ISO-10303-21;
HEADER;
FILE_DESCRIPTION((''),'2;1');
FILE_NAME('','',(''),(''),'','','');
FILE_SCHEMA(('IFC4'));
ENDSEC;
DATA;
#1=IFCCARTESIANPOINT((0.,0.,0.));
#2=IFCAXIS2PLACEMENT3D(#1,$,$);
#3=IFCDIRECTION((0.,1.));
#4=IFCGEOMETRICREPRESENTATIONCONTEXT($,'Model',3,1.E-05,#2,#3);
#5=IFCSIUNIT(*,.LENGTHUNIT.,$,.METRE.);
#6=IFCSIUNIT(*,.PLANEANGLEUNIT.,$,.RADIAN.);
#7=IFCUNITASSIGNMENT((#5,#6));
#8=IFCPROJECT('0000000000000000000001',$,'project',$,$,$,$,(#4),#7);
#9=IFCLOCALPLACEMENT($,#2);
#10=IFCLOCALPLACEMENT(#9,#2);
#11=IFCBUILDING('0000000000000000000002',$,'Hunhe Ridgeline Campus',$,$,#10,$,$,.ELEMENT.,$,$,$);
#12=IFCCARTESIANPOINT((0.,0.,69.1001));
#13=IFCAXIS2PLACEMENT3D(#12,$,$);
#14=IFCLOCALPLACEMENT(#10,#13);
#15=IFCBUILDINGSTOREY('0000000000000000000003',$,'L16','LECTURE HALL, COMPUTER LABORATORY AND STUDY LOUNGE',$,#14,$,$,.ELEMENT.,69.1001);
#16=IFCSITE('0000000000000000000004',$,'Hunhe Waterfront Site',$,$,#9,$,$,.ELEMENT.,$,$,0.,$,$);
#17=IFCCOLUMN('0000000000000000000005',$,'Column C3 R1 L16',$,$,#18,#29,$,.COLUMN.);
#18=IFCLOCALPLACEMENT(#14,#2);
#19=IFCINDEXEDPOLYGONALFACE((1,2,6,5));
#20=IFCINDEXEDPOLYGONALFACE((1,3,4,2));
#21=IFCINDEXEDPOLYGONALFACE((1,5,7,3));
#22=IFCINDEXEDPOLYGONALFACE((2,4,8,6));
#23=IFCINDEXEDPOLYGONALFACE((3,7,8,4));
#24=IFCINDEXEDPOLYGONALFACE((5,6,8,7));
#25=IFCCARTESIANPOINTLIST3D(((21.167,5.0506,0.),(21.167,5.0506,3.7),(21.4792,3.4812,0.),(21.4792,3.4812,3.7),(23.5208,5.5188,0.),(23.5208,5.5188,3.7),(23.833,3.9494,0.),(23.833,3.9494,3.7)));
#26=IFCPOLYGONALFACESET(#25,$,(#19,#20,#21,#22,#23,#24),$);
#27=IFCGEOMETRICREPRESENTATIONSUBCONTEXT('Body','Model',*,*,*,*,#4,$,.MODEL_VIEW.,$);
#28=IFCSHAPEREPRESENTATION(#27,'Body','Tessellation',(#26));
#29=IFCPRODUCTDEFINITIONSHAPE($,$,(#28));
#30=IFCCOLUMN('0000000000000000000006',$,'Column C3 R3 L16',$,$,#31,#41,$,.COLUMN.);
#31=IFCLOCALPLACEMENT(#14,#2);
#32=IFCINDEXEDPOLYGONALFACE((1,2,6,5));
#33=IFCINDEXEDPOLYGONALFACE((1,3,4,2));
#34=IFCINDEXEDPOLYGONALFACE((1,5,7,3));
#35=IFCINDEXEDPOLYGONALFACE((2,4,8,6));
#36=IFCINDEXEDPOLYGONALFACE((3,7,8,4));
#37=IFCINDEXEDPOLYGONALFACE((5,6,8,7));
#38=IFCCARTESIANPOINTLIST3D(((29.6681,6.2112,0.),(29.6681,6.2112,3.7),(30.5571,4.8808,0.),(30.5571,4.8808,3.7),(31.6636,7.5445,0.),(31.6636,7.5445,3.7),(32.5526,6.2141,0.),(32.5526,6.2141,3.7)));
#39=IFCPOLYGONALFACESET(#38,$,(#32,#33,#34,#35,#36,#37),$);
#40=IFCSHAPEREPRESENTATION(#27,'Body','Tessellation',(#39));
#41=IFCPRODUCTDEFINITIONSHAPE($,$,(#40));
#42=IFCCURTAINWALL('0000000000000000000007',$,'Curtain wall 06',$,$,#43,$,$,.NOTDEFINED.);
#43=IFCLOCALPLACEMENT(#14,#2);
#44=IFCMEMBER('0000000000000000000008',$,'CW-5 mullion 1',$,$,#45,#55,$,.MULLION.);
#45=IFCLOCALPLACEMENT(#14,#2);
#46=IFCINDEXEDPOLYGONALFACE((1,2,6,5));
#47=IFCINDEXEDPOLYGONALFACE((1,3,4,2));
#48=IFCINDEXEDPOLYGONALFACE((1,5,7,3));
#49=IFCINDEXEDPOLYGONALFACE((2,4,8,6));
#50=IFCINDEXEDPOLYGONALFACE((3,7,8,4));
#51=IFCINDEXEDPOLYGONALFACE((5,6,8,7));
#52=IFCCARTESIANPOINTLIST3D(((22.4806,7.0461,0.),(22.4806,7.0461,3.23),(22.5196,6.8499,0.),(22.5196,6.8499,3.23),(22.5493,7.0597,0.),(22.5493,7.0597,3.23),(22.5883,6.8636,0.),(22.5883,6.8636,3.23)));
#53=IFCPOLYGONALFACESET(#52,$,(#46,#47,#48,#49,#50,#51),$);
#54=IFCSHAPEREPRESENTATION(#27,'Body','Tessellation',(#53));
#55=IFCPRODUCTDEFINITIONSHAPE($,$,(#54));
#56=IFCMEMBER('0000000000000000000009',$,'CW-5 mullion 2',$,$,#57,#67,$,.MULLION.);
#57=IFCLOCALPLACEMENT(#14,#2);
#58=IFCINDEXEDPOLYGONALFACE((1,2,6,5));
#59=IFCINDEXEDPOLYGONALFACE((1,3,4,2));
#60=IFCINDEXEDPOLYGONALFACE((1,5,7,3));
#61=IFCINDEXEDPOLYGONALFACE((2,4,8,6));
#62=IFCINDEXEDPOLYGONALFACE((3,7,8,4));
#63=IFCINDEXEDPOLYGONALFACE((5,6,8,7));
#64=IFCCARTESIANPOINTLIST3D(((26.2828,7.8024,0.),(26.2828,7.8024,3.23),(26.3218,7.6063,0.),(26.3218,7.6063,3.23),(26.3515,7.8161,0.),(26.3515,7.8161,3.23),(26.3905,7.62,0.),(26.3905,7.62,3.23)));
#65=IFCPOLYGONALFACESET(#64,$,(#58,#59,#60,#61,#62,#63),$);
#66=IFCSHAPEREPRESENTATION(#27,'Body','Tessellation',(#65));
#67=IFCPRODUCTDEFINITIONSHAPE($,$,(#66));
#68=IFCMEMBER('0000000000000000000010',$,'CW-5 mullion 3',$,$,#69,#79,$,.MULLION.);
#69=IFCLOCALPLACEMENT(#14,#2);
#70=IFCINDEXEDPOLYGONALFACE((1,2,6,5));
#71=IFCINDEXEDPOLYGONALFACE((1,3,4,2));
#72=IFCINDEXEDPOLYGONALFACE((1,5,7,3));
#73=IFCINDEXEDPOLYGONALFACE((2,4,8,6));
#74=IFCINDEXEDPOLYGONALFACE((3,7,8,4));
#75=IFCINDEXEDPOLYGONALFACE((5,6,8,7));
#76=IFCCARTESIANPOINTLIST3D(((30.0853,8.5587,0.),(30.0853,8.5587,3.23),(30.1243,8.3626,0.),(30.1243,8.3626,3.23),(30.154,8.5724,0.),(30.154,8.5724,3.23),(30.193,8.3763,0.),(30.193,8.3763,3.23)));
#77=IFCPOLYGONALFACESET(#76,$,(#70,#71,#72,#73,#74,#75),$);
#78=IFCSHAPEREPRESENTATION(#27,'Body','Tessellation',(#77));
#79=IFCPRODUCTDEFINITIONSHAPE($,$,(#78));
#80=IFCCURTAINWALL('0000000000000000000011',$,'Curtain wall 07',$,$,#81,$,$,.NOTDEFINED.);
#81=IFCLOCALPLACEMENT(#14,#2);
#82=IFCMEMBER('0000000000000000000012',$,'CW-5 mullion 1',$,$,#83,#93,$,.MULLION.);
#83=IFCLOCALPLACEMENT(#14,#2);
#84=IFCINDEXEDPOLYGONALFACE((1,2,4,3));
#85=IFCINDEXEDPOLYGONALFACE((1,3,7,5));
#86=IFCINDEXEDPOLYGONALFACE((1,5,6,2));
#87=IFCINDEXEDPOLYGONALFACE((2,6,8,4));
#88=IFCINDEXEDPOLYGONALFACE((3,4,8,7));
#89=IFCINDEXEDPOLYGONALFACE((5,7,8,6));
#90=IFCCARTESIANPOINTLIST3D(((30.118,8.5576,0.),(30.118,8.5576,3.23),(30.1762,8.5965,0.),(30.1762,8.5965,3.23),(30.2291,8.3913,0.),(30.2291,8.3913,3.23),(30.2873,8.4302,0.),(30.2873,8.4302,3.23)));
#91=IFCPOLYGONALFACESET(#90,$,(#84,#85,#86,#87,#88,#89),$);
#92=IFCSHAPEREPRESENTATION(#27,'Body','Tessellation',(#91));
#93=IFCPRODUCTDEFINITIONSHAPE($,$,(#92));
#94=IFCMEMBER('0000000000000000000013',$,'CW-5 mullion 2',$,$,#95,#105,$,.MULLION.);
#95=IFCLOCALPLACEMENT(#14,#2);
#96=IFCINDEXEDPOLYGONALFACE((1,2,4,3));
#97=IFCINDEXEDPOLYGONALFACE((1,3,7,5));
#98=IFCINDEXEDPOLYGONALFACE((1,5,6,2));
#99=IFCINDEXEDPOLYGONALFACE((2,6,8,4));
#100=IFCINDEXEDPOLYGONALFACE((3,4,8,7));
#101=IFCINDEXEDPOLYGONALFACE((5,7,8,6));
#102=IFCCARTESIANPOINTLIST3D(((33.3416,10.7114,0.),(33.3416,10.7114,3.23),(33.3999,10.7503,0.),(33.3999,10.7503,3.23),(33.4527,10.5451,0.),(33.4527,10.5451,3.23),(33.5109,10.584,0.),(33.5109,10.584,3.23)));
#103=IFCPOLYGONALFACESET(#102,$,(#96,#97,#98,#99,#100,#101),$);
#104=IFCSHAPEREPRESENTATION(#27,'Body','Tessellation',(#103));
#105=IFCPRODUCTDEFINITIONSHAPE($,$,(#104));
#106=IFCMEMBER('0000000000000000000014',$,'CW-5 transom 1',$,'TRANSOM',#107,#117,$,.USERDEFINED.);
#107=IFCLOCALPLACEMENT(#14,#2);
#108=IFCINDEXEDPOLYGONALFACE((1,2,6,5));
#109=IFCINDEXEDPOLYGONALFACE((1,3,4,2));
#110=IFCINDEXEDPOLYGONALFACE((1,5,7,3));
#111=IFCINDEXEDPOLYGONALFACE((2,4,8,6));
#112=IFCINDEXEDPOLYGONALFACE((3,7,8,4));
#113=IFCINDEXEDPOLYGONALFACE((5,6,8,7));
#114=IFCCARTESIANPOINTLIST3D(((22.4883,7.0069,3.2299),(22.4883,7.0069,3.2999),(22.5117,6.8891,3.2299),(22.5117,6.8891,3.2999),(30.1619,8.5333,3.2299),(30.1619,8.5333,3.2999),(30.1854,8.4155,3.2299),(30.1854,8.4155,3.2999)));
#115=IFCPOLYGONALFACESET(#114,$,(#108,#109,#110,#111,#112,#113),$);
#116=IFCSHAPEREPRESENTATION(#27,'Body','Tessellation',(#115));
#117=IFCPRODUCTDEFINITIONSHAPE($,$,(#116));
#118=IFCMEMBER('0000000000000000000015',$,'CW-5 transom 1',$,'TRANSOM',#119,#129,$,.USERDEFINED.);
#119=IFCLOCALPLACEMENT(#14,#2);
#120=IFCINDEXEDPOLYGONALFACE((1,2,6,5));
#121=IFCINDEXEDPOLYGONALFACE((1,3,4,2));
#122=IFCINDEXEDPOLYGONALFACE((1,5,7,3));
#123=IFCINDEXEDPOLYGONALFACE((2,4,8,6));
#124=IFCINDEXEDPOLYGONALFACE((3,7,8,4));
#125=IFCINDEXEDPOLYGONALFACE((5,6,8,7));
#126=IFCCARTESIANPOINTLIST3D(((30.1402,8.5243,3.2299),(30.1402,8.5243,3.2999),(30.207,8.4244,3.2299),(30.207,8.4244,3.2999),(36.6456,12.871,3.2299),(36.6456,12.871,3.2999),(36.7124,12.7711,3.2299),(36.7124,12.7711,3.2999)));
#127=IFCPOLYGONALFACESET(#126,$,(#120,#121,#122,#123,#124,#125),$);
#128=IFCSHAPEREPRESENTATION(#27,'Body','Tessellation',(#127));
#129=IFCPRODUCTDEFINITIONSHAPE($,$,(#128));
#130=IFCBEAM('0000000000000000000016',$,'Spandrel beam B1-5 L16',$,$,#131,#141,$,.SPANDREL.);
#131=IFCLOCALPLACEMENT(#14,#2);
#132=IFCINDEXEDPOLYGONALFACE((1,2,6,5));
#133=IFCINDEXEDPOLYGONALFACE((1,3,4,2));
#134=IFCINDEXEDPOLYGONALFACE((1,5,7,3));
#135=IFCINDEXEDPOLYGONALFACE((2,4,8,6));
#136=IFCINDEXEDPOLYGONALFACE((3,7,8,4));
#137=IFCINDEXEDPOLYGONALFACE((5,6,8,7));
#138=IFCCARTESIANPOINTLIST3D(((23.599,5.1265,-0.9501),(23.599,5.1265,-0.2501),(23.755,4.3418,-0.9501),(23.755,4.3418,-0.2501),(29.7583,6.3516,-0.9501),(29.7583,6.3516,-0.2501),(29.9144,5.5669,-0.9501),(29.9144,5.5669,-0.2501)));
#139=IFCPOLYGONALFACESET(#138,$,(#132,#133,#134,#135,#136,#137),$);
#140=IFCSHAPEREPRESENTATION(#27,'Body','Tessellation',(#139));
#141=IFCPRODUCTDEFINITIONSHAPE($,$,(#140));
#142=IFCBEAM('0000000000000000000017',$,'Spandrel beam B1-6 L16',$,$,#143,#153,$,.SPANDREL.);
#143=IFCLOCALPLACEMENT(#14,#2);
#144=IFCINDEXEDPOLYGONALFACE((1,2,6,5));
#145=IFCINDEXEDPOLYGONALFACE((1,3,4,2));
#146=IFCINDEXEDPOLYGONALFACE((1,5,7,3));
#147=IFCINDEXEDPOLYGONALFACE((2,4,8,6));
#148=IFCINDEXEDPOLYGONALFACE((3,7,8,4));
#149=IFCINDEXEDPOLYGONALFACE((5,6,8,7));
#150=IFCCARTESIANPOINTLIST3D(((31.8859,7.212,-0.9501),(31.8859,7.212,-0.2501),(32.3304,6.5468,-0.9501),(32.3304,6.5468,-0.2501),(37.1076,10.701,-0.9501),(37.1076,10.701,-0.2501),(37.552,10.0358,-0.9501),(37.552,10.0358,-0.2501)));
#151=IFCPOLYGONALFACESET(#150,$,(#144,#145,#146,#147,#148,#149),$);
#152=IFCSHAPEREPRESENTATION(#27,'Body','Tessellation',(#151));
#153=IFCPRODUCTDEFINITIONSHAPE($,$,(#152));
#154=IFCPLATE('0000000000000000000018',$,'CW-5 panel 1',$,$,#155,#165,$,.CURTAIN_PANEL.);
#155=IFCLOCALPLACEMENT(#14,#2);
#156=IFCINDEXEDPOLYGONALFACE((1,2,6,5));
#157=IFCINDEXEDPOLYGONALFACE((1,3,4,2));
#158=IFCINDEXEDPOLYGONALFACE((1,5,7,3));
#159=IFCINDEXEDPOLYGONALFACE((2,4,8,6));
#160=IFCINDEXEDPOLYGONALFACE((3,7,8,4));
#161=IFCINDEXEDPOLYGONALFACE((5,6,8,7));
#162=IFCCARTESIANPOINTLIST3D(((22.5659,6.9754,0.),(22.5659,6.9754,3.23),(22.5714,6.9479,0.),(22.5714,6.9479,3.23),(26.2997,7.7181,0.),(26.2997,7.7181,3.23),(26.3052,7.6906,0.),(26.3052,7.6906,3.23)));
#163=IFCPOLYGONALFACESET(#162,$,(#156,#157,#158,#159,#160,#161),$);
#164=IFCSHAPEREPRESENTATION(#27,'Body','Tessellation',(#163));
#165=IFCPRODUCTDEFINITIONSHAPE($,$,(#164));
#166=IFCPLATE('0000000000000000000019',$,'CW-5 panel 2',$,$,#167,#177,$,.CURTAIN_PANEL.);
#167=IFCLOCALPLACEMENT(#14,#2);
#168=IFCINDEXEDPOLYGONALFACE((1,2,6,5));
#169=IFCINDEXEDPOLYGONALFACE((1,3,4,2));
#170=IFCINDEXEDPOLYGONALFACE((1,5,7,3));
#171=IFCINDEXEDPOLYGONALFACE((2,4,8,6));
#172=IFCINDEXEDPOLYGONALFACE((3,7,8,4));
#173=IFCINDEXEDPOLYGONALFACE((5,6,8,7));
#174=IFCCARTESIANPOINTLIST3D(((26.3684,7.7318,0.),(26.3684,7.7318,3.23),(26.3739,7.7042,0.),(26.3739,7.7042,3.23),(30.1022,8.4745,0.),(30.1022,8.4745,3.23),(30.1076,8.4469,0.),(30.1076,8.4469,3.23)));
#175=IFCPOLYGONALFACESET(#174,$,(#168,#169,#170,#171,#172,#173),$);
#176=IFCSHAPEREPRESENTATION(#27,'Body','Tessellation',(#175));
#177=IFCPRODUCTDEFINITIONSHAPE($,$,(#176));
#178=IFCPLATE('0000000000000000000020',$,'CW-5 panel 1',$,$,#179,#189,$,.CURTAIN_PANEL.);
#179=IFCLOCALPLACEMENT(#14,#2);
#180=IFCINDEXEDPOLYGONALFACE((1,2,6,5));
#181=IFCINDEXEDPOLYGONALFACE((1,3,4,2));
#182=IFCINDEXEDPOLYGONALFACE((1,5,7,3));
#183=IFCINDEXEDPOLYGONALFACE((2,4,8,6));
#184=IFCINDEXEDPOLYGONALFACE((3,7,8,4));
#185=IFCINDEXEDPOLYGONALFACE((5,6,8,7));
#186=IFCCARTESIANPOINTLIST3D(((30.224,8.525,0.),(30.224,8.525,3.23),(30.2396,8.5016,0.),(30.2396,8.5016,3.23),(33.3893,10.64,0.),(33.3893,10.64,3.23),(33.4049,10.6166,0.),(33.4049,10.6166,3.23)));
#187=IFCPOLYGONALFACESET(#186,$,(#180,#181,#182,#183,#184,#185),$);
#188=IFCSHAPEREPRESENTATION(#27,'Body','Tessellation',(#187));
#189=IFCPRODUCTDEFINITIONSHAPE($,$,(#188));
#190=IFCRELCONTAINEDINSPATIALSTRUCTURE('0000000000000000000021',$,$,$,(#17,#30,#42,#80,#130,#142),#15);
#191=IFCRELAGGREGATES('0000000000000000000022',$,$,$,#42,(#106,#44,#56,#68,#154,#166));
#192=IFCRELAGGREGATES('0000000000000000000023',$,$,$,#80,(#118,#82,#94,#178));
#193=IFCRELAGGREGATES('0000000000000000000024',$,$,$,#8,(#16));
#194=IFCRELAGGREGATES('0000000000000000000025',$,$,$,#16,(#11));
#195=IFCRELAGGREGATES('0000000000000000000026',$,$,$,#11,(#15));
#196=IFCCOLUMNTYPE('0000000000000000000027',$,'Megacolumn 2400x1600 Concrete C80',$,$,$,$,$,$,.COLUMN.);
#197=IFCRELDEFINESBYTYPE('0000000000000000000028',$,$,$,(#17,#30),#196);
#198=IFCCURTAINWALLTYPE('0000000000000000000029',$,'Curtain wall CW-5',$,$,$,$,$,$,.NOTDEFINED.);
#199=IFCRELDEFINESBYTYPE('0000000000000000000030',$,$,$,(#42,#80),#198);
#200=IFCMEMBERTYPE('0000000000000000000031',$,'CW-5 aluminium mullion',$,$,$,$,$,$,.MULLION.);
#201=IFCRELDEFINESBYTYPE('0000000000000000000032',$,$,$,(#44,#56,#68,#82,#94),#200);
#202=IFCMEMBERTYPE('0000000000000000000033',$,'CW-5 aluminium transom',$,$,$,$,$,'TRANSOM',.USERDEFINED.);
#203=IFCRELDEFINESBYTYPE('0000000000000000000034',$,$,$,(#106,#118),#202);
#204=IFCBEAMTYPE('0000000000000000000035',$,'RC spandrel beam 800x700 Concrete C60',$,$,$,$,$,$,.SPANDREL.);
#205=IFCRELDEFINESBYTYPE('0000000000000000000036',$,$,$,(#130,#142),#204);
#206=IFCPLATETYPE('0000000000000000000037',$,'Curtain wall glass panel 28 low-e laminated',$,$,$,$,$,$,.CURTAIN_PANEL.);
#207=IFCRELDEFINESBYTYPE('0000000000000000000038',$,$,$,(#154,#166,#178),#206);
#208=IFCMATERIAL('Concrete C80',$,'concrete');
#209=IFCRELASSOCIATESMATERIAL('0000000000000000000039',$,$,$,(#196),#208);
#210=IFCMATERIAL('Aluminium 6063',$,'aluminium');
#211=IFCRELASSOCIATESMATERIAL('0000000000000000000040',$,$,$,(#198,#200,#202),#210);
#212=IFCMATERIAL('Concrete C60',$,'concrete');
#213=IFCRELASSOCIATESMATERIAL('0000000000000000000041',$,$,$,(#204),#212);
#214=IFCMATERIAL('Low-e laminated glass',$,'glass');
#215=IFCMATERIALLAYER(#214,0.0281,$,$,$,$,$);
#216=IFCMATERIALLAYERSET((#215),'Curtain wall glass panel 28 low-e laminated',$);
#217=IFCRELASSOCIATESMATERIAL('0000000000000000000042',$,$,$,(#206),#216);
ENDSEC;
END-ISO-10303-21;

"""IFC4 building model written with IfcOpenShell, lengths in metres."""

from ifc_helpers import new_model, si_unit, direction, frame, origin, origin_2d, place, context, subcontext, project, spatial, rectangle, extrude, material, layer, layer_set, material_profile, profile_set, type_object, element, aggregate, save


model = new_model("IFC4")

# Units and contexts
model_context = context("Model", 3, precision=1e-05, world=origin(), true_north=direction((0.0, 1.0)))
body_context = subcontext(model_context, "Body", "Model", "MODEL_VIEW")
ifc_project = project(units=[si_unit("LENGTHUNIT", "METRE"), si_unit("PLANEANGLEUNIT", "RADIAN")], contexts=[model_context])

# Site, building, storey
site_placement = place(None, origin())
site = spatial("IfcSite", under=ifc_project, at=site_placement, Name="Hunhe Waterfront Site", CompositionType="ELEMENT", RefElevation=0.0)
building_placement = place(site_placement, origin())
building = spatial("IfcBuilding", under=site, at=building_placement, Name="Hunhe Ridgeline Campus", CompositionType="ELEMENT")
storey_placement = place(building_placement, frame((0.0, 0.0, 69.1001)))
storey = spatial("IfcBuildingStorey", under=building, at=storey_placement, Name="L16", Description="LECTURE HALL, COMPUTER LABORATORY AND STUDY LOUNGE", CompositionType="ELEMENT", Elevation=69.1001)

# Columns
ifc_material_1 = material(Name="Concrete C80", Category="concrete")
ifc_material_profile_1 = material_profile(ifc_material_1, rectangle(XDim=2.3999, YDim=1.6001, at=origin_2d()))
ifc_profile_set_1 = profile_set([ifc_material_profile_1], Name="Concrete C80")
column_type = type_object("IfcColumnType", Name="Megacolumn 2400x1600 Concrete C80", PredefinedType="COLUMN", material=ifc_profile_set_1)
for number, where, z_axis, x_axis, name in (
    (1, (22.5, 4.5, 0.0), (0.0, 0.0, 1.0), (0.980785, 0.19509, 0.0), "Column C3 R1 L16"),
    (2, (31.1104, 6.2126, 0.0), (0.0, 0.0, 1.0), (0.83147, 0.55557, 0.0), "Column C3 R3 L16"),
):
    element("IfcColumn", number, at=place(storey_placement, frame(where, z_axis=z_axis, x_axis=x_axis)), inside=storey, type_object=column_type, Name=name, PredefinedType="COLUMN", context=body_context, shape_type="SweptSolid", body=[
        extrude(rectangle(XDim=2.3999, YDim=1.6001, at=origin_2d()), origin(), (0.0, 0.0, 1.0), 3.7),
    ])

# Curtain walls, members
ifc_material_2 = material(Name="Aluminium 6063", Category="aluminium")
curtain_wall_type = type_object("IfcCurtainWallType", Name="Curtain wall CW-5", PredefinedType="NOTDEFINED", material=ifc_material_2)
curtain_wall_1_placement = place(storey_placement, origin())
curtain_wall_1 = element("IfcCurtainWall", 3, at=curtain_wall_1_placement, inside=storey, type_object=curtain_wall_type, Name="Curtain wall 06", PredefinedType="NOTDEFINED")
ifc_material_profile_2 = material_profile(ifc_material_2, rectangle(XDim=0.2, YDim=0.0701, at=origin_2d()))
ifc_profile_set_2 = profile_set([ifc_material_profile_2], Name="Aluminium 6063")
member_type_1 = type_object("IfcMemberType", Name="CW-5 aluminium mullion", PredefinedType="MULLION", material=ifc_profile_set_2)
member_1_placement = place(storey_placement, frame((22.5344, 6.9548, 0.0), z_axis=(0.0, 0.0, 1.0), x_axis=(-0.19509, 0.980785, 0.0)))
member_1 = element("IfcMember", 4, at=member_1_placement, type_object=member_type_1, Name="CW-5 mullion 1", PredefinedType="MULLION", context=body_context, shape_type="SweptSolid", body=[
    extrude(rectangle(XDim=0.2, YDim=0.0701, at=origin_2d()), origin(), (0.0, 0.0, 1.0), 3.23),
])
member_2_placement = place(storey_placement, frame((26.3367, 7.7112, 0.0), z_axis=(0.0, 0.0, 1.0), x_axis=(-0.19509, 0.980785, 0.0)))
member_2 = element("IfcMember", 5, at=member_2_placement, type_object=member_type_1, Name="CW-5 mullion 2", PredefinedType="MULLION", context=body_context, shape_type="SweptSolid", body=[
    extrude(rectangle(XDim=0.2, YDim=0.0701, at=origin_2d()), origin(), (0.0, 0.0, 1.0), 3.23),
])
member_3_placement = place(storey_placement, frame((30.1392, 8.4675, 0.0), z_axis=(0.0, 0.0, 1.0), x_axis=(-0.19509, 0.980785, 0.0)))
member_3 = element("IfcMember", 6, at=member_3_placement, type_object=member_type_1, Name="CW-5 mullion 3", PredefinedType="MULLION", context=body_context, shape_type="SweptSolid", body=[
    extrude(rectangle(XDim=0.2, YDim=0.0701, at=origin_2d()), origin(), (0.0, 0.0, 1.0), 3.23),
])
curtain_wall_2_placement = place(storey_placement, origin())
curtain_wall_2 = element("IfcCurtainWall", 7, at=curtain_wall_2_placement, inside=storey, type_object=curtain_wall_type, Name="Curtain wall 07", PredefinedType="NOTDEFINED")
member_4_placement = place(storey_placement, frame((30.2026, 8.4939, 0.0), z_axis=(0.0, 0.0, 1.0), x_axis=(-0.55557, 0.83147, 0.0)))
member_4 = element("IfcMember", 8, at=member_4_placement, type_object=member_type_1, Name="CW-5 mullion 1", PredefinedType="MULLION", context=body_context, shape_type="SweptSolid", body=[
    extrude(rectangle(XDim=0.2, YDim=0.0701, at=origin_2d()), origin(), (0.0, 0.0, 1.0), 3.23),
])
member_5_placement = place(storey_placement, frame((33.4263, 10.6477, 0.0), z_axis=(0.0, 0.0, 1.0), x_axis=(-0.55557, 0.83147, 0.0)))
member_5 = element("IfcMember", 9, at=member_5_placement, type_object=member_type_1, Name="CW-5 mullion 2", PredefinedType="MULLION", context=body_context, shape_type="SweptSolid", body=[
    extrude(rectangle(XDim=0.2, YDim=0.0701, at=origin_2d()), origin(), (0.0, 0.0, 1.0), 3.23),
])

# Members
ifc_material_profile_3 = material_profile(ifc_material_2, rectangle(XDim=0.1201, YDim=0.0701, at=origin_2d()))
ifc_profile_set_3 = profile_set([ifc_material_profile_3], Name="Aluminium 6063")
member_type_2 = type_object("IfcMemberType", Name="CW-5 aluminium transom", ElementType="TRANSOM", PredefinedType="USERDEFINED", material=ifc_profile_set_3)
member_6_placement = place(storey_placement, frame((22.5, 6.948, 3.2649), z_axis=(0.980785, 0.19509, 0.0), x_axis=(-0.19509, 0.980785, 0.0)))
member_6 = element("IfcMember", 10, at=member_6_placement, type_object=member_type_2, Name="CW-5 transom 1", ObjectType="TRANSOM", PredefinedType="USERDEFINED", context=body_context, shape_type="SweptSolid", body=[
    extrude(rectangle(XDim=0.1201, YDim=0.0701, at=origin_2d()), origin(), (0.0, 0.0, 1.0), 7.824),
])
member_7_placement = place(storey_placement, frame((30.1736, 8.4744, 3.2649), z_axis=(0.831474, 0.555564, 0.0), x_axis=(-0.555564, 0.831474, 0.0)))
member_7 = element("IfcMember", 11, at=member_7_placement, type_object=member_type_2, Name="CW-5 transom 1", ObjectType="TRANSOM", PredefinedType="USERDEFINED", context=body_context, shape_type="SweptSolid", body=[
    extrude(rectangle(XDim=0.1201, YDim=0.0701, at=origin_2d()), origin(), (0.0, 0.0, 1.0), 7.824),
])

# Beams
ifc_material_3 = material(Name="Concrete C60", Category="concrete")
ifc_material_profile_4 = material_profile(ifc_material_3, rectangle(XDim=0.8, YDim=0.7, at=origin_2d()))
ifc_profile_set_4 = profile_set([ifc_material_profile_4], Name="Concrete C60")
beam_type = type_object("IfcBeamType", Name="RC spandrel beam 800x700 Concrete C60", PredefinedType="SPANDREL", material=ifc_profile_set_4)
for number, where, z_axis, x_axis, name in (
    (12, (23.677, 4.7341, -0.6001), (0.980788, 0.195077, 0.0), (-0.195077, 0.980788, 0.0), "Spandrel beam B1-5 L16"),
    (13, (32.1082, 6.8794, -0.6001), (0.83147, 0.55557, 0.0), (-0.55557, 0.83147, 0.0), "Spandrel beam B1-6 L16"),
):
    element("IfcBeam", number, at=place(storey_placement, frame(where, z_axis=z_axis, x_axis=x_axis)), inside=storey, type_object=beam_type, Name=name, PredefinedType="SPANDREL", context=body_context, shape_type="SweptSolid", body=[
        extrude(rectangle(XDim=0.8, YDim=0.7, at=origin_2d()), origin(), (0.0, 0.0, 1.0), 6.28),
    ])

# Plates
ifc_material_4 = material(Name="Low-e laminated glass", Category="glass")
ifc_layer_1 = layer(ifc_material_4, 0.0281)
ifc_layer_set_1 = layer_set([ifc_layer_1], Name="Curtain wall glass panel 28 low-e laminated")
plate_type = type_object("IfcPlateType", Name="Curtain wall glass panel 28 low-e laminated", PredefinedType="CURTAIN_PANEL", material=ifc_layer_set_1)
plate_1_placement = place(storey_placement, frame((24.4355, 7.333, 0.0), z_axis=(0.0, 0.0, 1.0), x_axis=(0.980785, 0.19509, 0.0)))
plate_1 = element("IfcPlate", 14, at=plate_1_placement, type_object=plate_type, Name="CW-5 panel 1", PredefinedType="CURTAIN_PANEL", context=body_context, shape_type="SweptSolid", body=[
    extrude(rectangle(XDim=3.8069, YDim=0.0281, at=origin_2d()), origin(), (0.0, 0.0, 1.0), 3.23),
])
plate_2_placement = place(storey_placement, frame((28.238, 8.0894, 0.0), z_axis=(0.0, 0.0, 1.0), x_axis=(0.980785, 0.19509, 0.0)))
plate_2 = element("IfcPlate", 15, at=plate_2_placement, type_object=plate_type, Name="CW-5 panel 2", PredefinedType="CURTAIN_PANEL", context=body_context, shape_type="SweptSolid", body=[
    extrude(rectangle(XDim=3.8069, YDim=0.0281, at=origin_2d()), origin(), (0.0, 0.0, 1.0), 3.23),
])
aggregate(curtain_wall_1, [member_6, member_1, member_2, member_3, plate_1, plate_2])
plate_3_placement = place(storey_placement, frame((31.8145, 9.5708, 0.0), z_axis=(0.0, 0.0, 1.0), x_axis=(0.83147, 0.55557, 0.0)))
plate_3 = element("IfcPlate", 16, at=plate_3_placement, type_object=plate_type, Name="CW-5 panel 1", PredefinedType="CURTAIN_PANEL", context=body_context, shape_type="SweptSolid", body=[
    extrude(rectangle(XDim=3.8069, YDim=0.0281, at=origin_2d()), origin(), (0.0, 0.0, 1.0), 3.23),
])
aggregate(curtain_wall_2, [member_7, member_4, member_5, plate_3])

save(model, "model.ifc")
